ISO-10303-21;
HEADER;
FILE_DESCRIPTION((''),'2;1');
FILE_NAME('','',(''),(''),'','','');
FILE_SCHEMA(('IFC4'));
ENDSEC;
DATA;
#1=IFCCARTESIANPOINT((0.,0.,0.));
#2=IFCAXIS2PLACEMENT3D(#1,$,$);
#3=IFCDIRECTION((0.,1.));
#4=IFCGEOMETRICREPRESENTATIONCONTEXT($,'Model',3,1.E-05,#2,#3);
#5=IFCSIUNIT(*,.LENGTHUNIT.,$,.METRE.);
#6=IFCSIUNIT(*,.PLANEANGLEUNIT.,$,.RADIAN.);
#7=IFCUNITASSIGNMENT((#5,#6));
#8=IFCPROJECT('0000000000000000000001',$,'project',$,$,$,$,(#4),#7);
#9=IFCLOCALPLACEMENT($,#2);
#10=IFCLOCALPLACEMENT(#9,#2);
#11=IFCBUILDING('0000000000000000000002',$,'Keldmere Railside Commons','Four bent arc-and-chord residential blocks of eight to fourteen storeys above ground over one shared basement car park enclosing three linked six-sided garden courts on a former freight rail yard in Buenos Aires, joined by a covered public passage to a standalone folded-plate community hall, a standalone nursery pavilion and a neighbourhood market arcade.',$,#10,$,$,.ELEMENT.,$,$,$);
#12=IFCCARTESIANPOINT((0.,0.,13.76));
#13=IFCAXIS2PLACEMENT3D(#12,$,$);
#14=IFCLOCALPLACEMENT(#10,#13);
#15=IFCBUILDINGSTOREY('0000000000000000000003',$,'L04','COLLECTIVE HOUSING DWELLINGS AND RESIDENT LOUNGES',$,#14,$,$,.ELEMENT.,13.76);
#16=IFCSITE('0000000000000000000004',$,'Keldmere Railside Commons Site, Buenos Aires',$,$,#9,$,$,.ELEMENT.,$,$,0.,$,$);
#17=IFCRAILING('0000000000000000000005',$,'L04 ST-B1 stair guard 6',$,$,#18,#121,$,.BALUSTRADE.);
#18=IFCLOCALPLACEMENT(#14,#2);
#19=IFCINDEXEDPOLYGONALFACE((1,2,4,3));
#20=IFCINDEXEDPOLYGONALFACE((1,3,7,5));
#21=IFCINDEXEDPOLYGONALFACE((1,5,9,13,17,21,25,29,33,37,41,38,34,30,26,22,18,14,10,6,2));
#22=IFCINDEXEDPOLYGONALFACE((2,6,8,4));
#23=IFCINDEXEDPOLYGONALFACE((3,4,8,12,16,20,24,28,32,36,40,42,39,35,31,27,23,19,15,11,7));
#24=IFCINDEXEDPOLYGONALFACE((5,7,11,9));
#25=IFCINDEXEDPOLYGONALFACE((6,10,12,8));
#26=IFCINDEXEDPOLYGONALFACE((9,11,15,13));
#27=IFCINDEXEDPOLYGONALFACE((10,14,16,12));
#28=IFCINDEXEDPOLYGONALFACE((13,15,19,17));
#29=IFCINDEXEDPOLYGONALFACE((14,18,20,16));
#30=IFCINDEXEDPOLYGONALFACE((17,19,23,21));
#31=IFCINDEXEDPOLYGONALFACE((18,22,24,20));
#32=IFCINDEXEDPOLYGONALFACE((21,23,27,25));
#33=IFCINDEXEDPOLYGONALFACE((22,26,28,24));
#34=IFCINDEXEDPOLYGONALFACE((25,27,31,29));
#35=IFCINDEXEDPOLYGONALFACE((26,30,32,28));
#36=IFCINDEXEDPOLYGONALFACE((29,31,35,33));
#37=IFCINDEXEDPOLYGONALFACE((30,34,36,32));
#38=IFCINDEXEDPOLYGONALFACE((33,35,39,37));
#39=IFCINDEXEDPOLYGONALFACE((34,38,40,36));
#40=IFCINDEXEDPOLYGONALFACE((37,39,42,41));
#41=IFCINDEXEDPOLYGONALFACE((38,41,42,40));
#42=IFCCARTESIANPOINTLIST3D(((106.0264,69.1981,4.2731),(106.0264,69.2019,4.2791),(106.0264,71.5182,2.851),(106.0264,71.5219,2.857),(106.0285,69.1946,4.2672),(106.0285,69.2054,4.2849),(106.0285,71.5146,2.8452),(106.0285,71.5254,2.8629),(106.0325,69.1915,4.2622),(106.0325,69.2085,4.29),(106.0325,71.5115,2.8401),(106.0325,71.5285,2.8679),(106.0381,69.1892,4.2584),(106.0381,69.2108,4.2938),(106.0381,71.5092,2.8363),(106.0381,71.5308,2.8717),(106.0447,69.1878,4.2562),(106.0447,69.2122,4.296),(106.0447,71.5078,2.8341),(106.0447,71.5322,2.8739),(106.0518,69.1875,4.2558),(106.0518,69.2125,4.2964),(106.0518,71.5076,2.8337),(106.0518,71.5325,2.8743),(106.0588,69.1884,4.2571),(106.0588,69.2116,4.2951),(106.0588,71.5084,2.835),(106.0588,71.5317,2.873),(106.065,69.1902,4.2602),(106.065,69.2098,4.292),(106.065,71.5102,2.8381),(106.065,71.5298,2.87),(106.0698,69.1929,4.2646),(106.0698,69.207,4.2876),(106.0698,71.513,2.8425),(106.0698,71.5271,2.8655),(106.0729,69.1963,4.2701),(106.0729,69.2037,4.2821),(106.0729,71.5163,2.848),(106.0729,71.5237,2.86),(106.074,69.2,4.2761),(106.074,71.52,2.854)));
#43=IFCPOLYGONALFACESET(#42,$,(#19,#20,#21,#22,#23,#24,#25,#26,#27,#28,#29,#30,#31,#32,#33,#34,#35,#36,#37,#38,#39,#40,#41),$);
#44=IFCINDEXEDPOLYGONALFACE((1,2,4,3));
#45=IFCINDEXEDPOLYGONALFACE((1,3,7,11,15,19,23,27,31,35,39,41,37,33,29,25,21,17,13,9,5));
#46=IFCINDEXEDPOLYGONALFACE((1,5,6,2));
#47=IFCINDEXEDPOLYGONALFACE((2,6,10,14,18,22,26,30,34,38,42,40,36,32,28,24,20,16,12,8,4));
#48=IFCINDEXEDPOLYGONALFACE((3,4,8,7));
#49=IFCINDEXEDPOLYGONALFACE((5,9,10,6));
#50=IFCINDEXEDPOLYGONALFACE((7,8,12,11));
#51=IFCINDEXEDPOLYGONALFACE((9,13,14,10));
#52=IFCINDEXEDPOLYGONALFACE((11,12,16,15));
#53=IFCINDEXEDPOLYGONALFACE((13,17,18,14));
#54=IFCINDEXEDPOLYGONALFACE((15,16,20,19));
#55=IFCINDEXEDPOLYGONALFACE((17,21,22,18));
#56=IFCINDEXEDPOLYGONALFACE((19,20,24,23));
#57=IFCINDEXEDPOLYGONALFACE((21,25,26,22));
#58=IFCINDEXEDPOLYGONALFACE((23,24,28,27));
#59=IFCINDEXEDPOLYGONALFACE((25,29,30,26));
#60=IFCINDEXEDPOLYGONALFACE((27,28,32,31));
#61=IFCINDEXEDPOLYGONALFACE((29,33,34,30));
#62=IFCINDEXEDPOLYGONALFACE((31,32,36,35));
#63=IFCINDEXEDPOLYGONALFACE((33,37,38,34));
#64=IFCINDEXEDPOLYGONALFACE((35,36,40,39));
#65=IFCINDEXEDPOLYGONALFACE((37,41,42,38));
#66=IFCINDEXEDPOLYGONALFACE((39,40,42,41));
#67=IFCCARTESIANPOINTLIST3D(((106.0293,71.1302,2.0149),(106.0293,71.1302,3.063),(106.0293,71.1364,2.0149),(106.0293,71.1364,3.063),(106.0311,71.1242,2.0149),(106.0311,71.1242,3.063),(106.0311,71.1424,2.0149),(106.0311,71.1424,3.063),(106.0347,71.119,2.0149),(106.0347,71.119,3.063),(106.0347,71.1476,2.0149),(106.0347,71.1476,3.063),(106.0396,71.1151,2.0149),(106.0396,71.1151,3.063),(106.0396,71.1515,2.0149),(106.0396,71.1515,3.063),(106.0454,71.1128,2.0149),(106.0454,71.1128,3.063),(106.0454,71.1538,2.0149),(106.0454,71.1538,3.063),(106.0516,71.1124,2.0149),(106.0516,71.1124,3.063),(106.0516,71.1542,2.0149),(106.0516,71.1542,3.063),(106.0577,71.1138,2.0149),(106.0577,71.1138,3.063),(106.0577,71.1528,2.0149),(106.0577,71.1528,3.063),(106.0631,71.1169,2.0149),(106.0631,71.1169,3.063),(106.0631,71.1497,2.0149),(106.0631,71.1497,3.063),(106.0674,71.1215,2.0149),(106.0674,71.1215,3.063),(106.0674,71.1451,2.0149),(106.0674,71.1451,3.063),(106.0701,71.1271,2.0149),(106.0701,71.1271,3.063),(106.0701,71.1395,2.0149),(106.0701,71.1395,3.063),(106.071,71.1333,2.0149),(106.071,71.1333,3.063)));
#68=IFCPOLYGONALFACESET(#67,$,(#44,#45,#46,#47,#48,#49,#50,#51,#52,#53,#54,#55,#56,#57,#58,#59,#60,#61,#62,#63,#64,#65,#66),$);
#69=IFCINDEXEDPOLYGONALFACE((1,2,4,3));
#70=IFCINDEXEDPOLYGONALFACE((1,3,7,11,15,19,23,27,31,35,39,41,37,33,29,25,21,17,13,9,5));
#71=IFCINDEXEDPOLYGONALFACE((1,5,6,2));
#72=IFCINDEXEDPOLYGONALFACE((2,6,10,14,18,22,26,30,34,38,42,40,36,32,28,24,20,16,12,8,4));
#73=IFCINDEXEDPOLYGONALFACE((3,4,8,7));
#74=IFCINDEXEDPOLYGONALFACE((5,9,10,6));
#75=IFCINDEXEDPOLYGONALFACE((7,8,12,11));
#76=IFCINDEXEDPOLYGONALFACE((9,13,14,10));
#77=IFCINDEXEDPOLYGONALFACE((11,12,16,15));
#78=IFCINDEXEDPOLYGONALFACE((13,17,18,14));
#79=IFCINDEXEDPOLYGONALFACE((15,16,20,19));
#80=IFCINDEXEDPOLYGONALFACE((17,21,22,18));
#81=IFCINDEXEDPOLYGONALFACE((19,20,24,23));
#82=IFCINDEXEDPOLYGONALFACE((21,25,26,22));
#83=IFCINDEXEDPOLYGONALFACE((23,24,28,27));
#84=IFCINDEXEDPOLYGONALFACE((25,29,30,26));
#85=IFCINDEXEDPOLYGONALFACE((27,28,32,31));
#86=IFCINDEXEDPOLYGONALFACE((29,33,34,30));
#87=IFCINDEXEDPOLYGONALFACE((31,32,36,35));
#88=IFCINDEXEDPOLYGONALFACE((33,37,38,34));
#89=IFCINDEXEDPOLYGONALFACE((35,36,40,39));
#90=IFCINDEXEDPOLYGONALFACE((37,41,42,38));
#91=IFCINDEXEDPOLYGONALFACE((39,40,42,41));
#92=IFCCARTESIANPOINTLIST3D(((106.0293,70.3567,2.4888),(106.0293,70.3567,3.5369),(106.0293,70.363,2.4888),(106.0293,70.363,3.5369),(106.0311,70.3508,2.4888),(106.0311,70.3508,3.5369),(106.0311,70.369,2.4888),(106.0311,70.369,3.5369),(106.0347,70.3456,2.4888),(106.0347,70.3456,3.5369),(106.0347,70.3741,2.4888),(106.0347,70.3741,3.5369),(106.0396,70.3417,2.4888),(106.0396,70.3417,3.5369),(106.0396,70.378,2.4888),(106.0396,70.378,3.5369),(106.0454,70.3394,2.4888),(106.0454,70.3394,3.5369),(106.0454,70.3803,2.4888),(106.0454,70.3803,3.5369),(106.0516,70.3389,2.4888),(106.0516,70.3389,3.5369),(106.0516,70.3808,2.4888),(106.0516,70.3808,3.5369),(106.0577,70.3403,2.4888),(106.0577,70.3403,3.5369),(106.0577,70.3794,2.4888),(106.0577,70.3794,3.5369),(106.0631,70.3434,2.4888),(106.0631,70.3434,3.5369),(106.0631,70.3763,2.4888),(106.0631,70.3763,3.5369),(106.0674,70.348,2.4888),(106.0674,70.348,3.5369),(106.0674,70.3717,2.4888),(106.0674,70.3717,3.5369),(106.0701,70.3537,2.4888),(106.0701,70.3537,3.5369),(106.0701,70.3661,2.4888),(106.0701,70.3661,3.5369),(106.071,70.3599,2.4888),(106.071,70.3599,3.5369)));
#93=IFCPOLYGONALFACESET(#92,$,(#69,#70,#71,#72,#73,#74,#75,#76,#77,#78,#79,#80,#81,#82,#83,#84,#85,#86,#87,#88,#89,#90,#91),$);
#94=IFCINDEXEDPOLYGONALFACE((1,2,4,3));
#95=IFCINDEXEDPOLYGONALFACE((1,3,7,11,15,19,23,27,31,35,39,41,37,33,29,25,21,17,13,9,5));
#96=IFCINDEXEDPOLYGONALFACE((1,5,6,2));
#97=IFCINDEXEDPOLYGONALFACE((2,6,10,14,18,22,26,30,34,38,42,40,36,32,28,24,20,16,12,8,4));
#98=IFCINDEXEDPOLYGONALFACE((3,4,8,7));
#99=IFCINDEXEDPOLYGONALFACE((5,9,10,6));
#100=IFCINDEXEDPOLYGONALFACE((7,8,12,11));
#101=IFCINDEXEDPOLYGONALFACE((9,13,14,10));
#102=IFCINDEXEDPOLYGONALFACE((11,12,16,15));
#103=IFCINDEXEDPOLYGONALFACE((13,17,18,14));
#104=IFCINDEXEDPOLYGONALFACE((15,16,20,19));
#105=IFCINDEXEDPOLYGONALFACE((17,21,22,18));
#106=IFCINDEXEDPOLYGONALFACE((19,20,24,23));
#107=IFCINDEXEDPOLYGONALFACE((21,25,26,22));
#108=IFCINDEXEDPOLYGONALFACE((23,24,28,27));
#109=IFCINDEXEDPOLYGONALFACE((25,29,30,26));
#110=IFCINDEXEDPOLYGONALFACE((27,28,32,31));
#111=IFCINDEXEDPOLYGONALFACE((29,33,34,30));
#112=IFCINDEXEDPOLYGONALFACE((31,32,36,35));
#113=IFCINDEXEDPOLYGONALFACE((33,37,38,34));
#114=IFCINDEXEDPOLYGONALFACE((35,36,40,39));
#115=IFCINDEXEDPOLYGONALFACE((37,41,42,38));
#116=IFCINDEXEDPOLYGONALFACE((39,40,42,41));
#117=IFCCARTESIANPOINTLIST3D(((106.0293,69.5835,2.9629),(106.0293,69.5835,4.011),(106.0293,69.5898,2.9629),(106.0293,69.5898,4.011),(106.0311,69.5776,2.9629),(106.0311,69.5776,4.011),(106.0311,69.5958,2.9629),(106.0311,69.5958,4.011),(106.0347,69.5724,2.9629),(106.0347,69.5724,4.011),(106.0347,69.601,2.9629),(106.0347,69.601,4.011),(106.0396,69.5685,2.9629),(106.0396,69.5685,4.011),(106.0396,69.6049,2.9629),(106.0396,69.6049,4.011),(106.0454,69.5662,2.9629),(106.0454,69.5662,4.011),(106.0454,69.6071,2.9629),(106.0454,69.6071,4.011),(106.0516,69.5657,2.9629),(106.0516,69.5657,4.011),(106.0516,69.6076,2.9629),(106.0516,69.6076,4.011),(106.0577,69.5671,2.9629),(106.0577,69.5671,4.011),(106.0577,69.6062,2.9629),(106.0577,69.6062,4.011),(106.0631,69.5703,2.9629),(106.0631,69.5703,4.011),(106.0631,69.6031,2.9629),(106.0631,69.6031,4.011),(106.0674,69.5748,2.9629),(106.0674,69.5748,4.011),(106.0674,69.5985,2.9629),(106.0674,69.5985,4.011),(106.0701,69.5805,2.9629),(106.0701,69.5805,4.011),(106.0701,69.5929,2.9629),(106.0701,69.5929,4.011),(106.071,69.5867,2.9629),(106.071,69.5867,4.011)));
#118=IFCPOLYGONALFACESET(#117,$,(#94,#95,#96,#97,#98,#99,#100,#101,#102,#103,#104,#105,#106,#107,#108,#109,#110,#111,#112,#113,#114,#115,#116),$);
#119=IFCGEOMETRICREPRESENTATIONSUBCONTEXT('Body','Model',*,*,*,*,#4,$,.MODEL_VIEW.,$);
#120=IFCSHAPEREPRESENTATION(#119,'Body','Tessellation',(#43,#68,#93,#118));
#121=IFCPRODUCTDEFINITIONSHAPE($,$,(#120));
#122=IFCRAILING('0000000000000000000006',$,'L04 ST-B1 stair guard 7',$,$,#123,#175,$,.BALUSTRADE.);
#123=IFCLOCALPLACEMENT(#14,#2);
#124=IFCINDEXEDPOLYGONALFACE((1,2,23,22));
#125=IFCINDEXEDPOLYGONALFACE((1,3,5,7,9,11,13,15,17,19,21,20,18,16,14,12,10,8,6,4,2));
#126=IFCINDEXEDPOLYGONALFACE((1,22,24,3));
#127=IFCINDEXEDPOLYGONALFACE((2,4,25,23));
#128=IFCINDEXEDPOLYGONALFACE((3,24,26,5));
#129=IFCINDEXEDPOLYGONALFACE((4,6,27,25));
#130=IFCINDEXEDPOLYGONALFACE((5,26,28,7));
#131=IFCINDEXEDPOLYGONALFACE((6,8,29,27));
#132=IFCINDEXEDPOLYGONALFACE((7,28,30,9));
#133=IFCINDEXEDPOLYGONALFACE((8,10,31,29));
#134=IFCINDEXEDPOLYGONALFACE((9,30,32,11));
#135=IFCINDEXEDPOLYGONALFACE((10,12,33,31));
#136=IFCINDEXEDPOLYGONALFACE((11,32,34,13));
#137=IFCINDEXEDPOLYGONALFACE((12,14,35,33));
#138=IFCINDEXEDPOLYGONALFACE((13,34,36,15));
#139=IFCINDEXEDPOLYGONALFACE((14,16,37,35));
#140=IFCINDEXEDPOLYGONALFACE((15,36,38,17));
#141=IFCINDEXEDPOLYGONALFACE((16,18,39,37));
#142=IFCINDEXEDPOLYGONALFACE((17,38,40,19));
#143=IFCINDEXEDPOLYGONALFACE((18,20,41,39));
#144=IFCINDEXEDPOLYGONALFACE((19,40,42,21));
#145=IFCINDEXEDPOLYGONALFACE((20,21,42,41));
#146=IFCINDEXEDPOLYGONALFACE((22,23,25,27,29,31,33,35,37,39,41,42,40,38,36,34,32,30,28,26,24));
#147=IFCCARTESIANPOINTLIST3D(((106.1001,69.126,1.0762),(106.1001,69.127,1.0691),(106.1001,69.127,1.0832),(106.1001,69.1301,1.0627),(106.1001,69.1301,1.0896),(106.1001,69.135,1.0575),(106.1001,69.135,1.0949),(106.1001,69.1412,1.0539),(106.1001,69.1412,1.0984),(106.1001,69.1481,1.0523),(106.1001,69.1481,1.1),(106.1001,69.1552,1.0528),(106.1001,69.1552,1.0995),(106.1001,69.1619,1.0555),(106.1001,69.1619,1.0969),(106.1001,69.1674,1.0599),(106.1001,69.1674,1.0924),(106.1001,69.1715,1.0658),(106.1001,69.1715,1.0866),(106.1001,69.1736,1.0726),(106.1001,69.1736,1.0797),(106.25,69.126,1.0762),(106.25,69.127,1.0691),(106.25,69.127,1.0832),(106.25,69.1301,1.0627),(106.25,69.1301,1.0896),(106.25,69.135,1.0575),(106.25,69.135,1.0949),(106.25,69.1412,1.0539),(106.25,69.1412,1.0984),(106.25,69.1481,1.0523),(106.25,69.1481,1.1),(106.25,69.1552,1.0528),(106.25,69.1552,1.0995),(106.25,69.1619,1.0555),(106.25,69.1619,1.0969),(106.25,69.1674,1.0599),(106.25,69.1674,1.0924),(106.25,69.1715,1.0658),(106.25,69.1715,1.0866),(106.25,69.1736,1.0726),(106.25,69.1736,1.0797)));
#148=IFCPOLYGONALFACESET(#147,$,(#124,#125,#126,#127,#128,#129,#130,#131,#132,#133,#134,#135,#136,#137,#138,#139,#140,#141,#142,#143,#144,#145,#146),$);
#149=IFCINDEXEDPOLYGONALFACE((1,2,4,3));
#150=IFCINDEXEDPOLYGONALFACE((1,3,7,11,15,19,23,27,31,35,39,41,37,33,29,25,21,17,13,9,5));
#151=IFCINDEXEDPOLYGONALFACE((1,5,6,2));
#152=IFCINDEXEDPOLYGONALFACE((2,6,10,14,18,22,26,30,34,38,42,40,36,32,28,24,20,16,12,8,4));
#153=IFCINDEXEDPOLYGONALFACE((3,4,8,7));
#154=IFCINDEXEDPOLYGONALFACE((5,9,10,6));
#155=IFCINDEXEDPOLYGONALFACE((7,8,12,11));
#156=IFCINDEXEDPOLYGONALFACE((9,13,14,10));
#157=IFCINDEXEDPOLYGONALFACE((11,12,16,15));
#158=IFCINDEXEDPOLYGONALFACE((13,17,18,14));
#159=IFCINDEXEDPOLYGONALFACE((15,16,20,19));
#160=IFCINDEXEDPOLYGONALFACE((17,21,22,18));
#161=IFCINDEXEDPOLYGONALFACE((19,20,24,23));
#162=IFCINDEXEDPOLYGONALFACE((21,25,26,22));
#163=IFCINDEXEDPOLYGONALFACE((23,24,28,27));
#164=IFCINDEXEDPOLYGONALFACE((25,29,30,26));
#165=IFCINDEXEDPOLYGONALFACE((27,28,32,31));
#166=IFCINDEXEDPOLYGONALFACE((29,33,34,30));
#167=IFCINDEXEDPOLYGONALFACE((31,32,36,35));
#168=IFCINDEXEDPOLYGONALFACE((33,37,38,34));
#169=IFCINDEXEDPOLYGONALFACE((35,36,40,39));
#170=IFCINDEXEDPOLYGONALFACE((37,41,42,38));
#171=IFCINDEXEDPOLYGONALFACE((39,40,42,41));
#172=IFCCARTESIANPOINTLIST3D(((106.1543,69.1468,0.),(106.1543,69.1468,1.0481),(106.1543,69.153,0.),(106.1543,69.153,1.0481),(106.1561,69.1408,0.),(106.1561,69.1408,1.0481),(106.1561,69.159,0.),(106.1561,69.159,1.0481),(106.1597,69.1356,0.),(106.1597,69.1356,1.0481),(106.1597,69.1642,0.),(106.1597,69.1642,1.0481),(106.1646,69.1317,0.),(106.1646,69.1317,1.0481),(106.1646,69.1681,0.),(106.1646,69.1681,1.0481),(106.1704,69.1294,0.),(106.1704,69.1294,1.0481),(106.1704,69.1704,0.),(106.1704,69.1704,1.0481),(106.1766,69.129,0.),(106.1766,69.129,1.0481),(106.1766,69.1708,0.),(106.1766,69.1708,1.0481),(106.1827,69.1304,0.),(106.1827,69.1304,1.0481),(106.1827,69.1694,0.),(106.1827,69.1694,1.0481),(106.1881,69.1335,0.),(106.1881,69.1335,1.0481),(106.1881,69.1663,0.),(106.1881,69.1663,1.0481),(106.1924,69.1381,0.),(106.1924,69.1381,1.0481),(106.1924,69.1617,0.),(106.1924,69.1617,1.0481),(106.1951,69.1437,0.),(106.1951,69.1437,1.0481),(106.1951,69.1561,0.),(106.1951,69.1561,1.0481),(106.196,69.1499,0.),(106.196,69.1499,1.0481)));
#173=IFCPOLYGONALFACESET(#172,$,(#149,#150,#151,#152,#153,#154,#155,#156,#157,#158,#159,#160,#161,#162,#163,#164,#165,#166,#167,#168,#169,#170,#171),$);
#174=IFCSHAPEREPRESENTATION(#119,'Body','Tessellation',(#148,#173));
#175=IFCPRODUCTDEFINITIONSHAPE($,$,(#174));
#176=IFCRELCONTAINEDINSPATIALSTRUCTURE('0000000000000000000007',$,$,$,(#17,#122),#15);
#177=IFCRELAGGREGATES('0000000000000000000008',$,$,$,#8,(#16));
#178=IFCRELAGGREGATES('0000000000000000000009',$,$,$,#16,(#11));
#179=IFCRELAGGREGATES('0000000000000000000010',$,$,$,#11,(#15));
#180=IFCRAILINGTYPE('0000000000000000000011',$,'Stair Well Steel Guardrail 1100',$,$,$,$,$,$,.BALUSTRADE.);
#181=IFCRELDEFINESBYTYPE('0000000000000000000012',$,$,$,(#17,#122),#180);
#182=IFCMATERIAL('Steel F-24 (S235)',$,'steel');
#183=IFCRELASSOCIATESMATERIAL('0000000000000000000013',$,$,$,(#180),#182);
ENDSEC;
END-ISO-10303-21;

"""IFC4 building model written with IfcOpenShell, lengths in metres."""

from ifc_helpers import new_model, si_unit, direction, frame, origin, origin_2d, place, context, subcontext, project, spatial, circle, extrude, material, type_object, element, save


model = new_model("IFC4")

# Units and contexts
model_context = context("Model", 3, precision=1e-05, world=origin(), true_north=direction((0.0, 1.0)))
body_context = subcontext(model_context, "Body", "Model", "MODEL_VIEW")
ifc_project = project(units=[si_unit("LENGTHUNIT", "METRE"), si_unit("PLANEANGLEUNIT", "RADIAN")], contexts=[model_context])

# Site, building, storey
site_placement = place(None, origin())
site = spatial("IfcSite", under=ifc_project, at=site_placement, Name="Keldmere Railside Commons Site, Buenos Aires", CompositionType="ELEMENT", RefElevation=0.0)
building_placement = place(site_placement, origin())
building = spatial("IfcBuilding", under=site, at=building_placement, Name="Keldmere Railside Commons", Description="Four bent arc-and-chord residential blocks of eight to fourteen storeys above ground over one shared basement car park enclosing three linked six-sided garden courts on a former freight rail yard in Buenos Aires, joined by a covered public passage to a standalone folded-plate community hall, a standalone nursery pavilion and a neighbourhood market arcade.", CompositionType="ELEMENT")
storey_placement = place(building_placement, frame((0.0, 0.0, 13.76)))
storey = spatial("IfcBuildingStorey", under=building, at=storey_placement, Name="L04", Description="COLLECTIVE HOUSING DWELLINGS AND RESIDENT LOUNGES", CompositionType="ELEMENT", Elevation=13.76)

# Shared definitions
ifc_material_1 = material(Name="Steel F-24 (S235)", Category="steel")

# Railings
railing_type_1 = type_object("IfcRailingType", Name="Stair Well Steel Guardrail 1100", PredefinedType="BALUSTRADE", material=ifc_material_1)
railing_1_placement = place(storey_placement, frame((106.05, 71.52, 1.7778)))
element("IfcRailing", 1, at=railing_1_placement, inside=storey, type_object=railing_type_1, Name="L04 ST-B1 stair guard 6", PredefinedType="BALUSTRADE", context=body_context, shape_type="SweptSolid", body=[
    extrude(circle(Radius=0.0239, at=origin_2d()), frame((0.0, 0.0, 1.0762), z_axis=(0.0, -0.852578, 0.5226), x_axis=(1.0, 0.0, 0.0)), (0.0, 0.0, 1.0), 2.7212),
    extrude(circle(Radius=0.021, at=origin_2d()), frame((0.0, -0.3867, 0.2371)), (0.0, 0.0, 1.0), 1.0481),
    extrude(circle(Radius=0.021, at=origin_2d()), frame((0.0, -1.1602, 0.7109)), (0.0, 0.0, 1.0), 1.0481),
    extrude(circle(Radius=0.021, at=origin_2d()), frame((0.0, -1.9333, 1.1851)), (0.0, 0.0, 1.0), 1.0481),
])
railing_2_placement = place(storey_placement, frame((106.25, 69.1499, 0.0)))
element("IfcRailing", 2, at=railing_2_placement, inside=storey, type_object=railing_type_1, Name="L04 ST-B1 stair guard 7", PredefinedType="BALUSTRADE", context=body_context, shape_type="SweptSolid", body=[
    extrude(circle(Radius=0.0239, at=origin_2d()), frame((0.0, 0.0, 1.0762), z_axis=(-1.0, 0.0, 0.0), x_axis=(0.0, -1.0, 0.0)), (0.0, 0.0, 1.0), 0.1499),
    extrude(circle(Radius=0.021, at=origin_2d()), frame((-0.075, 0.0, 0.0)), (0.0, 0.0, 1.0), 1.0481),
])

save(model, "model.ifc")
